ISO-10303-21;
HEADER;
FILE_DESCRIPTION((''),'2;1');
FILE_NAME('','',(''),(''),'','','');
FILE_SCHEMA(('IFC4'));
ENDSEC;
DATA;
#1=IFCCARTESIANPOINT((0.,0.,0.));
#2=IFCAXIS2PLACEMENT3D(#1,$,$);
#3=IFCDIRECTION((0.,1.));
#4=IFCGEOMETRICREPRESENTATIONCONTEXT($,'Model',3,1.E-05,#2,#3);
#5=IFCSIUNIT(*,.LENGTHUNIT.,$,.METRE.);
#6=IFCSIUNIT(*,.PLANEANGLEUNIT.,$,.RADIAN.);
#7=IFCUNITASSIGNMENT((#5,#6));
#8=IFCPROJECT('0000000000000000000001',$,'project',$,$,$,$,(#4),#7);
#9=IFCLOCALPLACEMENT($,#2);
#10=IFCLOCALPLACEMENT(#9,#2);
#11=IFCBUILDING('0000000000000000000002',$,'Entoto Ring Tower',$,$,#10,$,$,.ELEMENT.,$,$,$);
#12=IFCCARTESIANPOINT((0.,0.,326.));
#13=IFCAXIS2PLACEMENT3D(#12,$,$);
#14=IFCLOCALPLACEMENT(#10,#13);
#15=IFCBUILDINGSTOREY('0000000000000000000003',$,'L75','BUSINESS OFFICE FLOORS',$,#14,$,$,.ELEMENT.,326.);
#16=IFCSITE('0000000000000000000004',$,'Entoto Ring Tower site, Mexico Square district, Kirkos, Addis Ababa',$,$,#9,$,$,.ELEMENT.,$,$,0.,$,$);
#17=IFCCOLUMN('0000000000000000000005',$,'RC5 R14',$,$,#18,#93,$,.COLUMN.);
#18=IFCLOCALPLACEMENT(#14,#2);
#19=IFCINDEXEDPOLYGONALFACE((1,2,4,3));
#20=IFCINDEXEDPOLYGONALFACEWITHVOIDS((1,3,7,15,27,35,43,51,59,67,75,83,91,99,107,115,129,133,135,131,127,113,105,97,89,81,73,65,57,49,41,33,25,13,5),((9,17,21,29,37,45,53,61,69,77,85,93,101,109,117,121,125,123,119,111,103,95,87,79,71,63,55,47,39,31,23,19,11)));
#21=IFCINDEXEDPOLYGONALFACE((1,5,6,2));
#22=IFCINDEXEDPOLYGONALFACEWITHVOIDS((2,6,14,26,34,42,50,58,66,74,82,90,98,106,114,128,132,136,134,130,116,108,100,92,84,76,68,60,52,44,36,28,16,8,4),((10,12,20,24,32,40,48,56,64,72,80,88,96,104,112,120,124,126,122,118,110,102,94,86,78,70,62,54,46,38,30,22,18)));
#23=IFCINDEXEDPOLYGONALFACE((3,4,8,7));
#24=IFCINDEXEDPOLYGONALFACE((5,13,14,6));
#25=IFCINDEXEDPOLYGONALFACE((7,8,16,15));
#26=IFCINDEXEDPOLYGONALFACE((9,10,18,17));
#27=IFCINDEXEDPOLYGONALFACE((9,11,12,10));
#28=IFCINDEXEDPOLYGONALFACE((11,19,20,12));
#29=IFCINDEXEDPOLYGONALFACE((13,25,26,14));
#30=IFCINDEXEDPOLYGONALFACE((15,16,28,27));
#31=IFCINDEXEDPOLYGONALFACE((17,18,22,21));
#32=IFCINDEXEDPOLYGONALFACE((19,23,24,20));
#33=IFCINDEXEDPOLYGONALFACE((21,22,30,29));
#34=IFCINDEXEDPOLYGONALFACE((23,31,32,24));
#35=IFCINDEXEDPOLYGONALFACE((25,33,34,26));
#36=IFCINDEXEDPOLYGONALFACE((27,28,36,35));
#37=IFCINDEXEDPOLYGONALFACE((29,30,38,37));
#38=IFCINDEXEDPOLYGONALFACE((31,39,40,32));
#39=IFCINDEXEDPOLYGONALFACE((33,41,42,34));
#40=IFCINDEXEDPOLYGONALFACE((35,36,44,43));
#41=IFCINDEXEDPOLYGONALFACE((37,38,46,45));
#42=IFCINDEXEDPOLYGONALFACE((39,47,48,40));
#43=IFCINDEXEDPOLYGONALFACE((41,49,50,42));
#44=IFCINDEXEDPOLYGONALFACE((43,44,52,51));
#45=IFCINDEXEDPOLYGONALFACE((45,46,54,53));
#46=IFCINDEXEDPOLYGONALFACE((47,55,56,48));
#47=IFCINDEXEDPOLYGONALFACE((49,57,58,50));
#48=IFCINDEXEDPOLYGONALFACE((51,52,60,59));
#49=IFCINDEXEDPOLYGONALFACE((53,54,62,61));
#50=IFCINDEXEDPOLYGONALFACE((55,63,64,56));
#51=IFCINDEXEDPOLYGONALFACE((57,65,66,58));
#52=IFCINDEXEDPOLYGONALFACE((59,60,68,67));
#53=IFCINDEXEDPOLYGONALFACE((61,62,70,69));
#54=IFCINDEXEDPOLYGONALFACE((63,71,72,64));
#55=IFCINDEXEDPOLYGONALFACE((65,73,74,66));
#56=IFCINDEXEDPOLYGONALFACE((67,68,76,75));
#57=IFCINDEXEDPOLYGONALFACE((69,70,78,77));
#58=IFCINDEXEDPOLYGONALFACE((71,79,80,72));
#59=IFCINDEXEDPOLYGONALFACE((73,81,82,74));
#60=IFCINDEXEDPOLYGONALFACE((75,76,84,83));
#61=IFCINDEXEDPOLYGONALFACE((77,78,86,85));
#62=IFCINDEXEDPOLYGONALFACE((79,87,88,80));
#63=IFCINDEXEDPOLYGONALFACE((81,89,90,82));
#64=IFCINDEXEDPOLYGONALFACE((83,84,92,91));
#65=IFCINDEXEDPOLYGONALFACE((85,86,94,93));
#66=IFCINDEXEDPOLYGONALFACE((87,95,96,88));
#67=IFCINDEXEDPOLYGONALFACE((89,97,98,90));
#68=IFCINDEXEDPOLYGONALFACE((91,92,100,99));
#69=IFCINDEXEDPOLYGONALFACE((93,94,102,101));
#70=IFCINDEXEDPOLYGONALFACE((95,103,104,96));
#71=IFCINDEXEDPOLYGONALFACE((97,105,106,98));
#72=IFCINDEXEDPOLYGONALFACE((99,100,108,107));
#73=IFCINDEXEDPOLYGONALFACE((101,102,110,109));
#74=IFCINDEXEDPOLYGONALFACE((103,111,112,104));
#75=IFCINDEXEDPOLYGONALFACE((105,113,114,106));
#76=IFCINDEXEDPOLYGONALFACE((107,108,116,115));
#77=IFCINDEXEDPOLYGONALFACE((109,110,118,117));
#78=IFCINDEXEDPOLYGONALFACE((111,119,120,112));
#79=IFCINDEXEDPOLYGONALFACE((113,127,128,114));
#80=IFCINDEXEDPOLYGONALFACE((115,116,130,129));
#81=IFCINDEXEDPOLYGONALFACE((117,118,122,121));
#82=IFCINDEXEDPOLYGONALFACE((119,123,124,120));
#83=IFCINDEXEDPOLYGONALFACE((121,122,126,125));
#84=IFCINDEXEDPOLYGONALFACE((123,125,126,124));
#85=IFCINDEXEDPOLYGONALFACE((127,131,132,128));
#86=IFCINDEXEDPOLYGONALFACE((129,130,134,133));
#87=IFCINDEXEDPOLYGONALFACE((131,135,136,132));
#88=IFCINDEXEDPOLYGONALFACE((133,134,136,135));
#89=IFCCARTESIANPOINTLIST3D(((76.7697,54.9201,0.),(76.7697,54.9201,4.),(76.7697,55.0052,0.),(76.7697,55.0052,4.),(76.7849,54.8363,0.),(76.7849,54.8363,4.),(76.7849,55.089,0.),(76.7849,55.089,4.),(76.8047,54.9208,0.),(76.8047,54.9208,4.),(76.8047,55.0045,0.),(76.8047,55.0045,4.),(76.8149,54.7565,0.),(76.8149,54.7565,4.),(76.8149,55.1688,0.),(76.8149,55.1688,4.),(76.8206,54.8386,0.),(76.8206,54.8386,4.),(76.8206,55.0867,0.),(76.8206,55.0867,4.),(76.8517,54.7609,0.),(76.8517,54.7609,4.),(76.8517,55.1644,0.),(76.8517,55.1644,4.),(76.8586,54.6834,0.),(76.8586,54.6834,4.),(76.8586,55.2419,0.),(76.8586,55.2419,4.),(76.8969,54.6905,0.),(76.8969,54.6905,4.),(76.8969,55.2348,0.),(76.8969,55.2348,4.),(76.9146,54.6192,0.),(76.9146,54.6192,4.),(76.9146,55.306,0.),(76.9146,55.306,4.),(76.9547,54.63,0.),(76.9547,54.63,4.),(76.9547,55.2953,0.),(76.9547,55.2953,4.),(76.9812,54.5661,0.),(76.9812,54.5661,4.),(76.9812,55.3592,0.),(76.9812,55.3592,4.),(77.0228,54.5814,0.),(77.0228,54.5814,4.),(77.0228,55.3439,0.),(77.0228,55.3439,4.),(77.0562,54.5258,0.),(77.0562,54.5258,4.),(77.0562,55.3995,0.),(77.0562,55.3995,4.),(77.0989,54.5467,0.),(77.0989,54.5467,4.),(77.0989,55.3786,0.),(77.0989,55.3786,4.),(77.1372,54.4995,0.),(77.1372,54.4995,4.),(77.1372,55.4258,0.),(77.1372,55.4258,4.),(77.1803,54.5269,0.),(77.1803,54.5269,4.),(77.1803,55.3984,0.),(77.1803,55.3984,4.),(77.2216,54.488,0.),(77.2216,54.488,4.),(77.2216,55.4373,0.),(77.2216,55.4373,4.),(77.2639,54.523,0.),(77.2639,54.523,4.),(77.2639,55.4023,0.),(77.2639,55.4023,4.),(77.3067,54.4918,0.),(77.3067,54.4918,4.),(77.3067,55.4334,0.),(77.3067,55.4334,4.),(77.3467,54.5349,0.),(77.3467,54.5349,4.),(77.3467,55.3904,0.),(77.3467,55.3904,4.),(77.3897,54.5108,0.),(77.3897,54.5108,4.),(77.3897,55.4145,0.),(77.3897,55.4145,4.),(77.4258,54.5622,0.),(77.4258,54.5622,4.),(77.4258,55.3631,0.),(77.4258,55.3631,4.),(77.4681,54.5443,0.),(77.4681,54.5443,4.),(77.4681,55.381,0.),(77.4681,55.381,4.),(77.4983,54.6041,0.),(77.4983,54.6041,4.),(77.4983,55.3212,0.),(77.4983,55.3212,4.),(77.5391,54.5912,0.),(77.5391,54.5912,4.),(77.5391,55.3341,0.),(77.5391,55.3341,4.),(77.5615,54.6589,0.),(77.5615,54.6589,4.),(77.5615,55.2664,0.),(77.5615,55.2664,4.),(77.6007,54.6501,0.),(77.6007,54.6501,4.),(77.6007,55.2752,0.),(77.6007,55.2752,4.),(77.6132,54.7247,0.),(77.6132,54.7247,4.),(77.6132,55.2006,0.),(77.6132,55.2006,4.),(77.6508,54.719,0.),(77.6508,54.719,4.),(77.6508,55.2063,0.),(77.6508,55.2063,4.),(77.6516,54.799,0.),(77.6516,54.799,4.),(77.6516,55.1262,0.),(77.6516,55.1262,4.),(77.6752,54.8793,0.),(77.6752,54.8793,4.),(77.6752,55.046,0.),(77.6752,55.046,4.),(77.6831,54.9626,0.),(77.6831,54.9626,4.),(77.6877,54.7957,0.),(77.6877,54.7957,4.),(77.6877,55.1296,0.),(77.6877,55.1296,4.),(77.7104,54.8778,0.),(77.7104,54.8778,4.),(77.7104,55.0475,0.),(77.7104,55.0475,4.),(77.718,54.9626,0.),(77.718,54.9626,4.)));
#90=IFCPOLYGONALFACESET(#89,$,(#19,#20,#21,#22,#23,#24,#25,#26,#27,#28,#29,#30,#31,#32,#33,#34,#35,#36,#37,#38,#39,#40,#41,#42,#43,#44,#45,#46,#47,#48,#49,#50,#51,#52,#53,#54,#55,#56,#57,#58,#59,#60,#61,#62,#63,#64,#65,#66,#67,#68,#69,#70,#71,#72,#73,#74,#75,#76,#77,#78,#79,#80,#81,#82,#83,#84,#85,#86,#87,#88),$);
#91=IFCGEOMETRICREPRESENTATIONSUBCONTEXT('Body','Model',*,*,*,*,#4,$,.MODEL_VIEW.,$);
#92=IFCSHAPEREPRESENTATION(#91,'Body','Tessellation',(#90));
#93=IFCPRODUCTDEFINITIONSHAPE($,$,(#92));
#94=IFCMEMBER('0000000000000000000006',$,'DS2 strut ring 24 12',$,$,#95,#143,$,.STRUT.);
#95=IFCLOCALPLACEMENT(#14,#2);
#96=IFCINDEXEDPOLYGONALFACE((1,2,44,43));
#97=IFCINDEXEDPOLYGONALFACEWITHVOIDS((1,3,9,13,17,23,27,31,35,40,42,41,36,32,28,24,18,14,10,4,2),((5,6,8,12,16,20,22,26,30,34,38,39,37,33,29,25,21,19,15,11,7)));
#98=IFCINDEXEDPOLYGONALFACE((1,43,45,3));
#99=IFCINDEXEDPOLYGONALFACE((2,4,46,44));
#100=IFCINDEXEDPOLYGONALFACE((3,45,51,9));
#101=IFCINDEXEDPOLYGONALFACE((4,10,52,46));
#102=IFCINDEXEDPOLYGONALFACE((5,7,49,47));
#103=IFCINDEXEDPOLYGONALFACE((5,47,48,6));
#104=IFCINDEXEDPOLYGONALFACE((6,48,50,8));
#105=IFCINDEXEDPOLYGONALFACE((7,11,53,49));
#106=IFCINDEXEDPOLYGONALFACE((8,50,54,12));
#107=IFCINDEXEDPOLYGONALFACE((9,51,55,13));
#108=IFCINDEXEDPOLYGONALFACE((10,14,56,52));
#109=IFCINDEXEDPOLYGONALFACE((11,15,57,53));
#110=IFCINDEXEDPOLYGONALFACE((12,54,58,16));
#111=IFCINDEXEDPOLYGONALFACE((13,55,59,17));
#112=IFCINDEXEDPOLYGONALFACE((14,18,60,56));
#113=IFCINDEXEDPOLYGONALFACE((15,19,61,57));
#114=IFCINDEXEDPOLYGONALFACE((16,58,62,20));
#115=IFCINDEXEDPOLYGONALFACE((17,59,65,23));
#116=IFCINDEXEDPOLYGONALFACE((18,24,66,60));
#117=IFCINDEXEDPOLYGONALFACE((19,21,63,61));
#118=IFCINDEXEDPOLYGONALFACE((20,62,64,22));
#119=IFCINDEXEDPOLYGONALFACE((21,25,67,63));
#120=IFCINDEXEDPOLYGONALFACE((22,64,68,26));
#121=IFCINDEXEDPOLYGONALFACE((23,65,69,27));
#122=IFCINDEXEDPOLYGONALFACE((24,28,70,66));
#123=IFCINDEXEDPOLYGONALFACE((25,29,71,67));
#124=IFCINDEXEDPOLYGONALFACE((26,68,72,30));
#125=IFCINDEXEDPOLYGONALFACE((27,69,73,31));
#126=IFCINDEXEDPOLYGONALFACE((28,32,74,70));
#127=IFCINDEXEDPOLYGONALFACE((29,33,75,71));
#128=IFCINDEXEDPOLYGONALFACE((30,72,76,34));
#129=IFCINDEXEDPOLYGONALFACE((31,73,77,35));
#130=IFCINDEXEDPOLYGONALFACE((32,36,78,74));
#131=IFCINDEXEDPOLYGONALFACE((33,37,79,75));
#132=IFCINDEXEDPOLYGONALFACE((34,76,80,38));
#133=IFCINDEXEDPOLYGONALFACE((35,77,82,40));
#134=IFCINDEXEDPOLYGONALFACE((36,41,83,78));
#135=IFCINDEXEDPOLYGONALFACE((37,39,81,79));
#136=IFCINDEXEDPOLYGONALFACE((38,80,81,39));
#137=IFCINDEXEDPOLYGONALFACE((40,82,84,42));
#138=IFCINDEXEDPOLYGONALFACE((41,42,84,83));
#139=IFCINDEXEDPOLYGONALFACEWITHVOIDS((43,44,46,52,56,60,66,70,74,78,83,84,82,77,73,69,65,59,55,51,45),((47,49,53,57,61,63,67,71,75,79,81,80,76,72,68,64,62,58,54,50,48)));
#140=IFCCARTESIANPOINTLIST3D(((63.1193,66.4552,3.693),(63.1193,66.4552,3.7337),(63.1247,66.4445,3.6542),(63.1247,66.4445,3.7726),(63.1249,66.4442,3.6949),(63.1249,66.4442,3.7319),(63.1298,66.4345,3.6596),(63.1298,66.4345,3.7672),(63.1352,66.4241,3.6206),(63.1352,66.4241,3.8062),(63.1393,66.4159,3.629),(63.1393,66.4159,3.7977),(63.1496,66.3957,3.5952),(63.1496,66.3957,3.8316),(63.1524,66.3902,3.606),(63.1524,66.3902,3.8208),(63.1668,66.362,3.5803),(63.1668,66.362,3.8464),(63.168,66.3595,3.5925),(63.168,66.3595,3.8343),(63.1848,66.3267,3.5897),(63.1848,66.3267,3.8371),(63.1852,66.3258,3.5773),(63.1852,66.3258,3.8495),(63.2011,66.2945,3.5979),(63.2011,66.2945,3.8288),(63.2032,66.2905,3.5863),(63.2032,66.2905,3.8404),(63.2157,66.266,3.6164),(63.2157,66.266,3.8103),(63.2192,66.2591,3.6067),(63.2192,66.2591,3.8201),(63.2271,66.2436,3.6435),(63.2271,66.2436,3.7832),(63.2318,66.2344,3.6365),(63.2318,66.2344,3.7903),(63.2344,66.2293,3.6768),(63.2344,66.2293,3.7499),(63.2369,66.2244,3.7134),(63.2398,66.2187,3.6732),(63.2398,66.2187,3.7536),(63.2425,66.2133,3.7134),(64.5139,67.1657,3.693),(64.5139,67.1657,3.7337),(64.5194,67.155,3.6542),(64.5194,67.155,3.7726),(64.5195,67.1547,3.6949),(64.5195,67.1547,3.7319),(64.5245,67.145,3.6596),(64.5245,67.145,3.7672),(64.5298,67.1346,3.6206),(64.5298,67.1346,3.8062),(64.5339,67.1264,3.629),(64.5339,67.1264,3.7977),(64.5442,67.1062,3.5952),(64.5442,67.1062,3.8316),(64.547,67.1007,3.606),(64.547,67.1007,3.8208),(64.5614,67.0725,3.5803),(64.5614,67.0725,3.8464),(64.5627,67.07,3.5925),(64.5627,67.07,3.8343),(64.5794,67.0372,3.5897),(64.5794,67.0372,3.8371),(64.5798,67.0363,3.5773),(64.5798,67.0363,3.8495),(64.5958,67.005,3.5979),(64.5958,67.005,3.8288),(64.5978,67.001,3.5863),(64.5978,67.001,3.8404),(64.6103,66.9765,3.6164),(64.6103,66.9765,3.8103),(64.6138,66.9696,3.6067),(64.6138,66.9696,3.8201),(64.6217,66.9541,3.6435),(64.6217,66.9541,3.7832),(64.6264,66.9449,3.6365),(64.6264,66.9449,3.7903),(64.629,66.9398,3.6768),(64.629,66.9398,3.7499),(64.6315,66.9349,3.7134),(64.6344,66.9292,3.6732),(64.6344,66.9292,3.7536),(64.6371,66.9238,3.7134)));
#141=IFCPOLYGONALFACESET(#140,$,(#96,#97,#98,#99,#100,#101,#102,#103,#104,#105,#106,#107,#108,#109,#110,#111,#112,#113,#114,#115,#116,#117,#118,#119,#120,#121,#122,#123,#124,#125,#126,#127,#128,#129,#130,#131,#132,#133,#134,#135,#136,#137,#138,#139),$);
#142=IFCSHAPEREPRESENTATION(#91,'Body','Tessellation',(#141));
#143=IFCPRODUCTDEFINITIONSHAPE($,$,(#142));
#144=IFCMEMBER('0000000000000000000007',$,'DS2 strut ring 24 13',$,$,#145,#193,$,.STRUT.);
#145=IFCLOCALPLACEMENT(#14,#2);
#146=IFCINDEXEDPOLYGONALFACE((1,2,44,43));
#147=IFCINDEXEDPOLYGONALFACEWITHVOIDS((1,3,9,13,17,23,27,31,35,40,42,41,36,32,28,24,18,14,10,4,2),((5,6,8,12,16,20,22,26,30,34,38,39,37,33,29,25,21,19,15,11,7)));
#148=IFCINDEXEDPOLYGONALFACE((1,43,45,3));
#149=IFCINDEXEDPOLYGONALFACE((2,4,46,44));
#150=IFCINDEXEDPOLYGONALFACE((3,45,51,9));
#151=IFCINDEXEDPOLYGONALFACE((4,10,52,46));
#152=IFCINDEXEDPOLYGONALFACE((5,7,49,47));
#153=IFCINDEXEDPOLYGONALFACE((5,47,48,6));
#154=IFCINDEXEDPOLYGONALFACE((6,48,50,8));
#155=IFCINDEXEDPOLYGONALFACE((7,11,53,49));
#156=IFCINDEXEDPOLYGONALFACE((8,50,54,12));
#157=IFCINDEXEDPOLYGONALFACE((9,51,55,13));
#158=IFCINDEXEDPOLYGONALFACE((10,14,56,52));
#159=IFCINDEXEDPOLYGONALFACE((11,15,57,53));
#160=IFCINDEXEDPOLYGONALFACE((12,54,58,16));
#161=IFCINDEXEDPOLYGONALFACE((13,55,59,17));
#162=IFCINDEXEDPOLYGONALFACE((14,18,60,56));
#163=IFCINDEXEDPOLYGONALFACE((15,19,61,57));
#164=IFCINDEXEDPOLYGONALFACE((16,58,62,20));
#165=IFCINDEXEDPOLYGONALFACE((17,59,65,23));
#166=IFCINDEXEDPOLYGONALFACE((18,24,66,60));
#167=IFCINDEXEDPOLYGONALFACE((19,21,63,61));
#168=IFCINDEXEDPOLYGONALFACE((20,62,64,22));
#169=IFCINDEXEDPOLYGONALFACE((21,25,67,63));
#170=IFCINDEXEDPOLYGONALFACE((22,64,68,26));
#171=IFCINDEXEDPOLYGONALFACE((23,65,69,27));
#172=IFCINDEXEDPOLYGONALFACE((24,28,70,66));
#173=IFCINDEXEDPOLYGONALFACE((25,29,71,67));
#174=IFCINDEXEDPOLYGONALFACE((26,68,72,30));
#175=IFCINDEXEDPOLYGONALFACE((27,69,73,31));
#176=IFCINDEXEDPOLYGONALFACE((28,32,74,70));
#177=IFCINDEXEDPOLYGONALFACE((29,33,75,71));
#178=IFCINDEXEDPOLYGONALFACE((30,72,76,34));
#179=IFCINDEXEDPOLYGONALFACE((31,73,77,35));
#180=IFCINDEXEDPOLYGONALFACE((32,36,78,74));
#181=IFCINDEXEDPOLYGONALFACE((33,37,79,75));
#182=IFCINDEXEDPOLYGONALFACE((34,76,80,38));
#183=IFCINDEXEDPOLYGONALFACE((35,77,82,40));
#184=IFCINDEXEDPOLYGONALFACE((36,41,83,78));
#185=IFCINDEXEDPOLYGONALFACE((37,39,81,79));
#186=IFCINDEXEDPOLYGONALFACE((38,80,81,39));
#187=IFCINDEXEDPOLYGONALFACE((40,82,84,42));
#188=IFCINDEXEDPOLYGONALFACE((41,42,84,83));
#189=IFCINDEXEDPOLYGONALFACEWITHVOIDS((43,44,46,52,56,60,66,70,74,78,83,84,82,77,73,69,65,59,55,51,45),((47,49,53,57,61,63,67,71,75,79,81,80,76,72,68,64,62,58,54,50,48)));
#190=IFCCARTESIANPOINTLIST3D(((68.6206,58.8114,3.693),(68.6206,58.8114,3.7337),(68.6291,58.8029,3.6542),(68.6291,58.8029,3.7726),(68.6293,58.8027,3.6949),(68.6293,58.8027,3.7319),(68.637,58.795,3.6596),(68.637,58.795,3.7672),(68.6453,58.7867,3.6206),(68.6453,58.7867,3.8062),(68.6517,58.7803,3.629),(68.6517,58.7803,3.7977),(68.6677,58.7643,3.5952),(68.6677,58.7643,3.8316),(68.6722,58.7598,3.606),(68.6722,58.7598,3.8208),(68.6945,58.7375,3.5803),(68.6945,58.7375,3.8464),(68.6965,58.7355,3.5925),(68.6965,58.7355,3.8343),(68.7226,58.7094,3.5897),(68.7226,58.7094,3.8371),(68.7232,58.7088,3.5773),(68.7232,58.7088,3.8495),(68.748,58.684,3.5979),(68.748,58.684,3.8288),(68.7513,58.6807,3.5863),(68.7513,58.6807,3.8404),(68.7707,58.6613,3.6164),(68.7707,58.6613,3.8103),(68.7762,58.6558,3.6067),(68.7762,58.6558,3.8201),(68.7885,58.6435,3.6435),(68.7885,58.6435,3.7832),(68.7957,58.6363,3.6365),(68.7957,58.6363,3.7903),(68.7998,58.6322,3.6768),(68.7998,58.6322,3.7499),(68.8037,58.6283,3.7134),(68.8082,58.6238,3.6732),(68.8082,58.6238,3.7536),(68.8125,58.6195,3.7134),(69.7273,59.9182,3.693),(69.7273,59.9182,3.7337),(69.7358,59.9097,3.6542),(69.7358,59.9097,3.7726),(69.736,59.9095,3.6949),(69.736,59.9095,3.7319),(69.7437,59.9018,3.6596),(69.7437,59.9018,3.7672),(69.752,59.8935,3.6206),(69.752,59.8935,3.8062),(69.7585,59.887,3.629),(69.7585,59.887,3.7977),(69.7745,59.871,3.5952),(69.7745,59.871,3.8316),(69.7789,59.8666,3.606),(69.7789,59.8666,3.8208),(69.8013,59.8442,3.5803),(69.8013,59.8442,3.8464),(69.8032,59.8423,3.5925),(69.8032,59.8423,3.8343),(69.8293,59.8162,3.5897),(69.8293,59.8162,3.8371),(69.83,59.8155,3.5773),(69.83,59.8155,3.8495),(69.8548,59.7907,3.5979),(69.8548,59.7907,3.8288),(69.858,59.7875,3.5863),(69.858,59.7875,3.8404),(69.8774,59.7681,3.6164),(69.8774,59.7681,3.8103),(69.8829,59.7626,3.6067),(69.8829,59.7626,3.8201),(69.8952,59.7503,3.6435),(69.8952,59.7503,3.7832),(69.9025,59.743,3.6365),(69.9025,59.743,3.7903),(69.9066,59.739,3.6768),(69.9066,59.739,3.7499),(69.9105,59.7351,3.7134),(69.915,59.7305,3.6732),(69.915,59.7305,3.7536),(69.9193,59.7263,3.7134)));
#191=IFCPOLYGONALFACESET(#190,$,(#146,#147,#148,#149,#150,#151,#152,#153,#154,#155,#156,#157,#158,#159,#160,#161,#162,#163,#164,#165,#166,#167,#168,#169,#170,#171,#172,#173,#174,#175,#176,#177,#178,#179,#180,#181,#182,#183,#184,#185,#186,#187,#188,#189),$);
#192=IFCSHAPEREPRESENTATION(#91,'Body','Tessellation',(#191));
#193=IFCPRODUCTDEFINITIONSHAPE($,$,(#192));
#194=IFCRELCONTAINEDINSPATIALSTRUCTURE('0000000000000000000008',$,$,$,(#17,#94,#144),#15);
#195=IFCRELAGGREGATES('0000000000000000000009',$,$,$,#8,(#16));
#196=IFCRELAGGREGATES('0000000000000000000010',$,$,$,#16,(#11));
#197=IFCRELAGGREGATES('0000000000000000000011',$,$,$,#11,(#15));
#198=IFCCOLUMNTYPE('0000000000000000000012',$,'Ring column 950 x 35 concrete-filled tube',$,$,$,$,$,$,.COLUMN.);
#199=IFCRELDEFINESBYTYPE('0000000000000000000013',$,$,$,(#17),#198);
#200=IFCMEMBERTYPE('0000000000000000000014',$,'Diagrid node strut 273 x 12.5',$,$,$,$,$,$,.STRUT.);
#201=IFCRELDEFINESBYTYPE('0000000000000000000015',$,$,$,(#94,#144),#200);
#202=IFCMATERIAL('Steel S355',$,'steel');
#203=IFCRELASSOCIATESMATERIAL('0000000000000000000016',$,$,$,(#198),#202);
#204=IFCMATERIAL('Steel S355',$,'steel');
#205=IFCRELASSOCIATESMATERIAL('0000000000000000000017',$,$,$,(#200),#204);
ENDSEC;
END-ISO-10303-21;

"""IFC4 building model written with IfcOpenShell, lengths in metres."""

from ifc_helpers import new_model, si_unit, direction, frame, origin, origin_2d, place, context, subcontext, project, spatial, circle, hollow_circle, extrude, material, material_profile, profile_set, type_object, element, save


model = new_model("IFC4")

# Units and contexts
model_context = context("Model", 3, precision=1e-05, world=origin(), true_north=direction((0.0, 1.0)))
body_context = subcontext(model_context, "Body", "Model", "MODEL_VIEW")
ifc_project = project(units=[si_unit("LENGTHUNIT", "METRE"), si_unit("PLANEANGLEUNIT", "RADIAN")], contexts=[model_context])

# Site, building, storey
site_placement = place(None, origin())
site = spatial("IfcSite", under=ifc_project, at=site_placement, Name="Entoto Ring Tower site, Mexico Square district, Kirkos, Addis Ababa", CompositionType="ELEMENT", RefElevation=0.0)
building_placement = place(site_placement, origin())
building = spatial("IfcBuilding", under=site, at=building_placement, Name="Entoto Ring Tower", CompositionType="ELEMENT")
storey_placement = place(building_placement, frame((0.0, 0.0, 326.0)))
storey = spatial("IfcBuildingStorey", under=building, at=storey_placement, Name="L75", Description="BUSINESS OFFICE FLOORS", CompositionType="ELEMENT", Elevation=326.0)

# Column
ifc_material_1 = material(Name="Steel S355", Category="steel")
ifc_material_profile_1 = material_profile(ifc_material_1, hollow_circle(Radius=0.4751, WallThickness=0.0349, at=origin_2d()), Name="CHS 950 x 35")
ifc_material_2 = material(Name="Concrete C60/75", Category="concrete")
ifc_material_profile_2 = material_profile(ifc_material_2, circle(Radius=0.4399, at=origin_2d()), Name="Concrete C60/75 infill")
ifc_profile_set_1 = profile_set([ifc_material_profile_1, ifc_material_profile_2], Name="Steel S355")
column_type = type_object("IfcColumnType", Name="Ring column 950 x 35 concrete-filled tube", PredefinedType="COLUMN", material=ifc_profile_set_1)
for number, where, z_axis, x_axis, name in (
    (1, (77.2429, 54.9626, 0.0), (0.0, 0.0, 1.0), (1.0, 0.0, 0.0), "RC5 R14"),
):
    element("IfcColumn", number, at=place(storey_placement, frame(where, z_axis=z_axis, x_axis=x_axis)), inside=storey, type_object=column_type, Name=name, PredefinedType="COLUMN", context=body_context, shape_type="SweptSolid", body=[
        extrude(hollow_circle(Radius=0.4751, WallThickness=0.0349, at=origin_2d()), origin(), (0.0, 0.0, 1.0), 4.0),
    ])

# Members
ifc_material_3 = material(Name="Steel S355", Category="steel")
ifc_material_profile_3 = material_profile(ifc_material_3, hollow_circle(Radius=0.1365, WallThickness=0.0125, at=origin_2d()), Name="CHS 273 x 12.5")
ifc_material_4 = material(Name="Concrete C60/75", Category="concrete")
ifc_material_profile_4 = material_profile(ifc_material_4, circle(Radius=0.124, at=origin_2d()), Name="Concrete C60/75 infill")
ifc_profile_set_2 = profile_set([ifc_material_profile_3, ifc_material_profile_4], Name="Steel S355")
member_type = type_object("IfcMemberType", Name="Diagrid node strut 273 x 12.5", PredefinedType="STRUT", material=ifc_profile_set_2)
for number, where, z_axis, x_axis, name in (
    (2, (64.5752, 67.0454, 3.7134), (-0.891032, -0.45394, 0.0), (0.45394, -0.891032, 0.0), "DS2 strut ring 24 12"),
    (3, (69.8228, 59.8228, 3.7134), (-0.707107, -0.707107, 0.0), (0.707107, -0.707107, 0.0), "DS2 strut ring 24 13"),
):
    element("IfcMember", number, at=place(storey_placement, frame(where, z_axis=z_axis, x_axis=x_axis)), inside=storey, type_object=member_type, Name=name, PredefinedType="STRUT", context=body_context, shape_type="SweptSolid", body=[
        extrude(hollow_circle(Radius=0.1365, WallThickness=0.0125, at=origin_2d()), origin(), (0.0, 0.0, 1.0), 1.5652),
    ])

save(model, "model.ifc")
